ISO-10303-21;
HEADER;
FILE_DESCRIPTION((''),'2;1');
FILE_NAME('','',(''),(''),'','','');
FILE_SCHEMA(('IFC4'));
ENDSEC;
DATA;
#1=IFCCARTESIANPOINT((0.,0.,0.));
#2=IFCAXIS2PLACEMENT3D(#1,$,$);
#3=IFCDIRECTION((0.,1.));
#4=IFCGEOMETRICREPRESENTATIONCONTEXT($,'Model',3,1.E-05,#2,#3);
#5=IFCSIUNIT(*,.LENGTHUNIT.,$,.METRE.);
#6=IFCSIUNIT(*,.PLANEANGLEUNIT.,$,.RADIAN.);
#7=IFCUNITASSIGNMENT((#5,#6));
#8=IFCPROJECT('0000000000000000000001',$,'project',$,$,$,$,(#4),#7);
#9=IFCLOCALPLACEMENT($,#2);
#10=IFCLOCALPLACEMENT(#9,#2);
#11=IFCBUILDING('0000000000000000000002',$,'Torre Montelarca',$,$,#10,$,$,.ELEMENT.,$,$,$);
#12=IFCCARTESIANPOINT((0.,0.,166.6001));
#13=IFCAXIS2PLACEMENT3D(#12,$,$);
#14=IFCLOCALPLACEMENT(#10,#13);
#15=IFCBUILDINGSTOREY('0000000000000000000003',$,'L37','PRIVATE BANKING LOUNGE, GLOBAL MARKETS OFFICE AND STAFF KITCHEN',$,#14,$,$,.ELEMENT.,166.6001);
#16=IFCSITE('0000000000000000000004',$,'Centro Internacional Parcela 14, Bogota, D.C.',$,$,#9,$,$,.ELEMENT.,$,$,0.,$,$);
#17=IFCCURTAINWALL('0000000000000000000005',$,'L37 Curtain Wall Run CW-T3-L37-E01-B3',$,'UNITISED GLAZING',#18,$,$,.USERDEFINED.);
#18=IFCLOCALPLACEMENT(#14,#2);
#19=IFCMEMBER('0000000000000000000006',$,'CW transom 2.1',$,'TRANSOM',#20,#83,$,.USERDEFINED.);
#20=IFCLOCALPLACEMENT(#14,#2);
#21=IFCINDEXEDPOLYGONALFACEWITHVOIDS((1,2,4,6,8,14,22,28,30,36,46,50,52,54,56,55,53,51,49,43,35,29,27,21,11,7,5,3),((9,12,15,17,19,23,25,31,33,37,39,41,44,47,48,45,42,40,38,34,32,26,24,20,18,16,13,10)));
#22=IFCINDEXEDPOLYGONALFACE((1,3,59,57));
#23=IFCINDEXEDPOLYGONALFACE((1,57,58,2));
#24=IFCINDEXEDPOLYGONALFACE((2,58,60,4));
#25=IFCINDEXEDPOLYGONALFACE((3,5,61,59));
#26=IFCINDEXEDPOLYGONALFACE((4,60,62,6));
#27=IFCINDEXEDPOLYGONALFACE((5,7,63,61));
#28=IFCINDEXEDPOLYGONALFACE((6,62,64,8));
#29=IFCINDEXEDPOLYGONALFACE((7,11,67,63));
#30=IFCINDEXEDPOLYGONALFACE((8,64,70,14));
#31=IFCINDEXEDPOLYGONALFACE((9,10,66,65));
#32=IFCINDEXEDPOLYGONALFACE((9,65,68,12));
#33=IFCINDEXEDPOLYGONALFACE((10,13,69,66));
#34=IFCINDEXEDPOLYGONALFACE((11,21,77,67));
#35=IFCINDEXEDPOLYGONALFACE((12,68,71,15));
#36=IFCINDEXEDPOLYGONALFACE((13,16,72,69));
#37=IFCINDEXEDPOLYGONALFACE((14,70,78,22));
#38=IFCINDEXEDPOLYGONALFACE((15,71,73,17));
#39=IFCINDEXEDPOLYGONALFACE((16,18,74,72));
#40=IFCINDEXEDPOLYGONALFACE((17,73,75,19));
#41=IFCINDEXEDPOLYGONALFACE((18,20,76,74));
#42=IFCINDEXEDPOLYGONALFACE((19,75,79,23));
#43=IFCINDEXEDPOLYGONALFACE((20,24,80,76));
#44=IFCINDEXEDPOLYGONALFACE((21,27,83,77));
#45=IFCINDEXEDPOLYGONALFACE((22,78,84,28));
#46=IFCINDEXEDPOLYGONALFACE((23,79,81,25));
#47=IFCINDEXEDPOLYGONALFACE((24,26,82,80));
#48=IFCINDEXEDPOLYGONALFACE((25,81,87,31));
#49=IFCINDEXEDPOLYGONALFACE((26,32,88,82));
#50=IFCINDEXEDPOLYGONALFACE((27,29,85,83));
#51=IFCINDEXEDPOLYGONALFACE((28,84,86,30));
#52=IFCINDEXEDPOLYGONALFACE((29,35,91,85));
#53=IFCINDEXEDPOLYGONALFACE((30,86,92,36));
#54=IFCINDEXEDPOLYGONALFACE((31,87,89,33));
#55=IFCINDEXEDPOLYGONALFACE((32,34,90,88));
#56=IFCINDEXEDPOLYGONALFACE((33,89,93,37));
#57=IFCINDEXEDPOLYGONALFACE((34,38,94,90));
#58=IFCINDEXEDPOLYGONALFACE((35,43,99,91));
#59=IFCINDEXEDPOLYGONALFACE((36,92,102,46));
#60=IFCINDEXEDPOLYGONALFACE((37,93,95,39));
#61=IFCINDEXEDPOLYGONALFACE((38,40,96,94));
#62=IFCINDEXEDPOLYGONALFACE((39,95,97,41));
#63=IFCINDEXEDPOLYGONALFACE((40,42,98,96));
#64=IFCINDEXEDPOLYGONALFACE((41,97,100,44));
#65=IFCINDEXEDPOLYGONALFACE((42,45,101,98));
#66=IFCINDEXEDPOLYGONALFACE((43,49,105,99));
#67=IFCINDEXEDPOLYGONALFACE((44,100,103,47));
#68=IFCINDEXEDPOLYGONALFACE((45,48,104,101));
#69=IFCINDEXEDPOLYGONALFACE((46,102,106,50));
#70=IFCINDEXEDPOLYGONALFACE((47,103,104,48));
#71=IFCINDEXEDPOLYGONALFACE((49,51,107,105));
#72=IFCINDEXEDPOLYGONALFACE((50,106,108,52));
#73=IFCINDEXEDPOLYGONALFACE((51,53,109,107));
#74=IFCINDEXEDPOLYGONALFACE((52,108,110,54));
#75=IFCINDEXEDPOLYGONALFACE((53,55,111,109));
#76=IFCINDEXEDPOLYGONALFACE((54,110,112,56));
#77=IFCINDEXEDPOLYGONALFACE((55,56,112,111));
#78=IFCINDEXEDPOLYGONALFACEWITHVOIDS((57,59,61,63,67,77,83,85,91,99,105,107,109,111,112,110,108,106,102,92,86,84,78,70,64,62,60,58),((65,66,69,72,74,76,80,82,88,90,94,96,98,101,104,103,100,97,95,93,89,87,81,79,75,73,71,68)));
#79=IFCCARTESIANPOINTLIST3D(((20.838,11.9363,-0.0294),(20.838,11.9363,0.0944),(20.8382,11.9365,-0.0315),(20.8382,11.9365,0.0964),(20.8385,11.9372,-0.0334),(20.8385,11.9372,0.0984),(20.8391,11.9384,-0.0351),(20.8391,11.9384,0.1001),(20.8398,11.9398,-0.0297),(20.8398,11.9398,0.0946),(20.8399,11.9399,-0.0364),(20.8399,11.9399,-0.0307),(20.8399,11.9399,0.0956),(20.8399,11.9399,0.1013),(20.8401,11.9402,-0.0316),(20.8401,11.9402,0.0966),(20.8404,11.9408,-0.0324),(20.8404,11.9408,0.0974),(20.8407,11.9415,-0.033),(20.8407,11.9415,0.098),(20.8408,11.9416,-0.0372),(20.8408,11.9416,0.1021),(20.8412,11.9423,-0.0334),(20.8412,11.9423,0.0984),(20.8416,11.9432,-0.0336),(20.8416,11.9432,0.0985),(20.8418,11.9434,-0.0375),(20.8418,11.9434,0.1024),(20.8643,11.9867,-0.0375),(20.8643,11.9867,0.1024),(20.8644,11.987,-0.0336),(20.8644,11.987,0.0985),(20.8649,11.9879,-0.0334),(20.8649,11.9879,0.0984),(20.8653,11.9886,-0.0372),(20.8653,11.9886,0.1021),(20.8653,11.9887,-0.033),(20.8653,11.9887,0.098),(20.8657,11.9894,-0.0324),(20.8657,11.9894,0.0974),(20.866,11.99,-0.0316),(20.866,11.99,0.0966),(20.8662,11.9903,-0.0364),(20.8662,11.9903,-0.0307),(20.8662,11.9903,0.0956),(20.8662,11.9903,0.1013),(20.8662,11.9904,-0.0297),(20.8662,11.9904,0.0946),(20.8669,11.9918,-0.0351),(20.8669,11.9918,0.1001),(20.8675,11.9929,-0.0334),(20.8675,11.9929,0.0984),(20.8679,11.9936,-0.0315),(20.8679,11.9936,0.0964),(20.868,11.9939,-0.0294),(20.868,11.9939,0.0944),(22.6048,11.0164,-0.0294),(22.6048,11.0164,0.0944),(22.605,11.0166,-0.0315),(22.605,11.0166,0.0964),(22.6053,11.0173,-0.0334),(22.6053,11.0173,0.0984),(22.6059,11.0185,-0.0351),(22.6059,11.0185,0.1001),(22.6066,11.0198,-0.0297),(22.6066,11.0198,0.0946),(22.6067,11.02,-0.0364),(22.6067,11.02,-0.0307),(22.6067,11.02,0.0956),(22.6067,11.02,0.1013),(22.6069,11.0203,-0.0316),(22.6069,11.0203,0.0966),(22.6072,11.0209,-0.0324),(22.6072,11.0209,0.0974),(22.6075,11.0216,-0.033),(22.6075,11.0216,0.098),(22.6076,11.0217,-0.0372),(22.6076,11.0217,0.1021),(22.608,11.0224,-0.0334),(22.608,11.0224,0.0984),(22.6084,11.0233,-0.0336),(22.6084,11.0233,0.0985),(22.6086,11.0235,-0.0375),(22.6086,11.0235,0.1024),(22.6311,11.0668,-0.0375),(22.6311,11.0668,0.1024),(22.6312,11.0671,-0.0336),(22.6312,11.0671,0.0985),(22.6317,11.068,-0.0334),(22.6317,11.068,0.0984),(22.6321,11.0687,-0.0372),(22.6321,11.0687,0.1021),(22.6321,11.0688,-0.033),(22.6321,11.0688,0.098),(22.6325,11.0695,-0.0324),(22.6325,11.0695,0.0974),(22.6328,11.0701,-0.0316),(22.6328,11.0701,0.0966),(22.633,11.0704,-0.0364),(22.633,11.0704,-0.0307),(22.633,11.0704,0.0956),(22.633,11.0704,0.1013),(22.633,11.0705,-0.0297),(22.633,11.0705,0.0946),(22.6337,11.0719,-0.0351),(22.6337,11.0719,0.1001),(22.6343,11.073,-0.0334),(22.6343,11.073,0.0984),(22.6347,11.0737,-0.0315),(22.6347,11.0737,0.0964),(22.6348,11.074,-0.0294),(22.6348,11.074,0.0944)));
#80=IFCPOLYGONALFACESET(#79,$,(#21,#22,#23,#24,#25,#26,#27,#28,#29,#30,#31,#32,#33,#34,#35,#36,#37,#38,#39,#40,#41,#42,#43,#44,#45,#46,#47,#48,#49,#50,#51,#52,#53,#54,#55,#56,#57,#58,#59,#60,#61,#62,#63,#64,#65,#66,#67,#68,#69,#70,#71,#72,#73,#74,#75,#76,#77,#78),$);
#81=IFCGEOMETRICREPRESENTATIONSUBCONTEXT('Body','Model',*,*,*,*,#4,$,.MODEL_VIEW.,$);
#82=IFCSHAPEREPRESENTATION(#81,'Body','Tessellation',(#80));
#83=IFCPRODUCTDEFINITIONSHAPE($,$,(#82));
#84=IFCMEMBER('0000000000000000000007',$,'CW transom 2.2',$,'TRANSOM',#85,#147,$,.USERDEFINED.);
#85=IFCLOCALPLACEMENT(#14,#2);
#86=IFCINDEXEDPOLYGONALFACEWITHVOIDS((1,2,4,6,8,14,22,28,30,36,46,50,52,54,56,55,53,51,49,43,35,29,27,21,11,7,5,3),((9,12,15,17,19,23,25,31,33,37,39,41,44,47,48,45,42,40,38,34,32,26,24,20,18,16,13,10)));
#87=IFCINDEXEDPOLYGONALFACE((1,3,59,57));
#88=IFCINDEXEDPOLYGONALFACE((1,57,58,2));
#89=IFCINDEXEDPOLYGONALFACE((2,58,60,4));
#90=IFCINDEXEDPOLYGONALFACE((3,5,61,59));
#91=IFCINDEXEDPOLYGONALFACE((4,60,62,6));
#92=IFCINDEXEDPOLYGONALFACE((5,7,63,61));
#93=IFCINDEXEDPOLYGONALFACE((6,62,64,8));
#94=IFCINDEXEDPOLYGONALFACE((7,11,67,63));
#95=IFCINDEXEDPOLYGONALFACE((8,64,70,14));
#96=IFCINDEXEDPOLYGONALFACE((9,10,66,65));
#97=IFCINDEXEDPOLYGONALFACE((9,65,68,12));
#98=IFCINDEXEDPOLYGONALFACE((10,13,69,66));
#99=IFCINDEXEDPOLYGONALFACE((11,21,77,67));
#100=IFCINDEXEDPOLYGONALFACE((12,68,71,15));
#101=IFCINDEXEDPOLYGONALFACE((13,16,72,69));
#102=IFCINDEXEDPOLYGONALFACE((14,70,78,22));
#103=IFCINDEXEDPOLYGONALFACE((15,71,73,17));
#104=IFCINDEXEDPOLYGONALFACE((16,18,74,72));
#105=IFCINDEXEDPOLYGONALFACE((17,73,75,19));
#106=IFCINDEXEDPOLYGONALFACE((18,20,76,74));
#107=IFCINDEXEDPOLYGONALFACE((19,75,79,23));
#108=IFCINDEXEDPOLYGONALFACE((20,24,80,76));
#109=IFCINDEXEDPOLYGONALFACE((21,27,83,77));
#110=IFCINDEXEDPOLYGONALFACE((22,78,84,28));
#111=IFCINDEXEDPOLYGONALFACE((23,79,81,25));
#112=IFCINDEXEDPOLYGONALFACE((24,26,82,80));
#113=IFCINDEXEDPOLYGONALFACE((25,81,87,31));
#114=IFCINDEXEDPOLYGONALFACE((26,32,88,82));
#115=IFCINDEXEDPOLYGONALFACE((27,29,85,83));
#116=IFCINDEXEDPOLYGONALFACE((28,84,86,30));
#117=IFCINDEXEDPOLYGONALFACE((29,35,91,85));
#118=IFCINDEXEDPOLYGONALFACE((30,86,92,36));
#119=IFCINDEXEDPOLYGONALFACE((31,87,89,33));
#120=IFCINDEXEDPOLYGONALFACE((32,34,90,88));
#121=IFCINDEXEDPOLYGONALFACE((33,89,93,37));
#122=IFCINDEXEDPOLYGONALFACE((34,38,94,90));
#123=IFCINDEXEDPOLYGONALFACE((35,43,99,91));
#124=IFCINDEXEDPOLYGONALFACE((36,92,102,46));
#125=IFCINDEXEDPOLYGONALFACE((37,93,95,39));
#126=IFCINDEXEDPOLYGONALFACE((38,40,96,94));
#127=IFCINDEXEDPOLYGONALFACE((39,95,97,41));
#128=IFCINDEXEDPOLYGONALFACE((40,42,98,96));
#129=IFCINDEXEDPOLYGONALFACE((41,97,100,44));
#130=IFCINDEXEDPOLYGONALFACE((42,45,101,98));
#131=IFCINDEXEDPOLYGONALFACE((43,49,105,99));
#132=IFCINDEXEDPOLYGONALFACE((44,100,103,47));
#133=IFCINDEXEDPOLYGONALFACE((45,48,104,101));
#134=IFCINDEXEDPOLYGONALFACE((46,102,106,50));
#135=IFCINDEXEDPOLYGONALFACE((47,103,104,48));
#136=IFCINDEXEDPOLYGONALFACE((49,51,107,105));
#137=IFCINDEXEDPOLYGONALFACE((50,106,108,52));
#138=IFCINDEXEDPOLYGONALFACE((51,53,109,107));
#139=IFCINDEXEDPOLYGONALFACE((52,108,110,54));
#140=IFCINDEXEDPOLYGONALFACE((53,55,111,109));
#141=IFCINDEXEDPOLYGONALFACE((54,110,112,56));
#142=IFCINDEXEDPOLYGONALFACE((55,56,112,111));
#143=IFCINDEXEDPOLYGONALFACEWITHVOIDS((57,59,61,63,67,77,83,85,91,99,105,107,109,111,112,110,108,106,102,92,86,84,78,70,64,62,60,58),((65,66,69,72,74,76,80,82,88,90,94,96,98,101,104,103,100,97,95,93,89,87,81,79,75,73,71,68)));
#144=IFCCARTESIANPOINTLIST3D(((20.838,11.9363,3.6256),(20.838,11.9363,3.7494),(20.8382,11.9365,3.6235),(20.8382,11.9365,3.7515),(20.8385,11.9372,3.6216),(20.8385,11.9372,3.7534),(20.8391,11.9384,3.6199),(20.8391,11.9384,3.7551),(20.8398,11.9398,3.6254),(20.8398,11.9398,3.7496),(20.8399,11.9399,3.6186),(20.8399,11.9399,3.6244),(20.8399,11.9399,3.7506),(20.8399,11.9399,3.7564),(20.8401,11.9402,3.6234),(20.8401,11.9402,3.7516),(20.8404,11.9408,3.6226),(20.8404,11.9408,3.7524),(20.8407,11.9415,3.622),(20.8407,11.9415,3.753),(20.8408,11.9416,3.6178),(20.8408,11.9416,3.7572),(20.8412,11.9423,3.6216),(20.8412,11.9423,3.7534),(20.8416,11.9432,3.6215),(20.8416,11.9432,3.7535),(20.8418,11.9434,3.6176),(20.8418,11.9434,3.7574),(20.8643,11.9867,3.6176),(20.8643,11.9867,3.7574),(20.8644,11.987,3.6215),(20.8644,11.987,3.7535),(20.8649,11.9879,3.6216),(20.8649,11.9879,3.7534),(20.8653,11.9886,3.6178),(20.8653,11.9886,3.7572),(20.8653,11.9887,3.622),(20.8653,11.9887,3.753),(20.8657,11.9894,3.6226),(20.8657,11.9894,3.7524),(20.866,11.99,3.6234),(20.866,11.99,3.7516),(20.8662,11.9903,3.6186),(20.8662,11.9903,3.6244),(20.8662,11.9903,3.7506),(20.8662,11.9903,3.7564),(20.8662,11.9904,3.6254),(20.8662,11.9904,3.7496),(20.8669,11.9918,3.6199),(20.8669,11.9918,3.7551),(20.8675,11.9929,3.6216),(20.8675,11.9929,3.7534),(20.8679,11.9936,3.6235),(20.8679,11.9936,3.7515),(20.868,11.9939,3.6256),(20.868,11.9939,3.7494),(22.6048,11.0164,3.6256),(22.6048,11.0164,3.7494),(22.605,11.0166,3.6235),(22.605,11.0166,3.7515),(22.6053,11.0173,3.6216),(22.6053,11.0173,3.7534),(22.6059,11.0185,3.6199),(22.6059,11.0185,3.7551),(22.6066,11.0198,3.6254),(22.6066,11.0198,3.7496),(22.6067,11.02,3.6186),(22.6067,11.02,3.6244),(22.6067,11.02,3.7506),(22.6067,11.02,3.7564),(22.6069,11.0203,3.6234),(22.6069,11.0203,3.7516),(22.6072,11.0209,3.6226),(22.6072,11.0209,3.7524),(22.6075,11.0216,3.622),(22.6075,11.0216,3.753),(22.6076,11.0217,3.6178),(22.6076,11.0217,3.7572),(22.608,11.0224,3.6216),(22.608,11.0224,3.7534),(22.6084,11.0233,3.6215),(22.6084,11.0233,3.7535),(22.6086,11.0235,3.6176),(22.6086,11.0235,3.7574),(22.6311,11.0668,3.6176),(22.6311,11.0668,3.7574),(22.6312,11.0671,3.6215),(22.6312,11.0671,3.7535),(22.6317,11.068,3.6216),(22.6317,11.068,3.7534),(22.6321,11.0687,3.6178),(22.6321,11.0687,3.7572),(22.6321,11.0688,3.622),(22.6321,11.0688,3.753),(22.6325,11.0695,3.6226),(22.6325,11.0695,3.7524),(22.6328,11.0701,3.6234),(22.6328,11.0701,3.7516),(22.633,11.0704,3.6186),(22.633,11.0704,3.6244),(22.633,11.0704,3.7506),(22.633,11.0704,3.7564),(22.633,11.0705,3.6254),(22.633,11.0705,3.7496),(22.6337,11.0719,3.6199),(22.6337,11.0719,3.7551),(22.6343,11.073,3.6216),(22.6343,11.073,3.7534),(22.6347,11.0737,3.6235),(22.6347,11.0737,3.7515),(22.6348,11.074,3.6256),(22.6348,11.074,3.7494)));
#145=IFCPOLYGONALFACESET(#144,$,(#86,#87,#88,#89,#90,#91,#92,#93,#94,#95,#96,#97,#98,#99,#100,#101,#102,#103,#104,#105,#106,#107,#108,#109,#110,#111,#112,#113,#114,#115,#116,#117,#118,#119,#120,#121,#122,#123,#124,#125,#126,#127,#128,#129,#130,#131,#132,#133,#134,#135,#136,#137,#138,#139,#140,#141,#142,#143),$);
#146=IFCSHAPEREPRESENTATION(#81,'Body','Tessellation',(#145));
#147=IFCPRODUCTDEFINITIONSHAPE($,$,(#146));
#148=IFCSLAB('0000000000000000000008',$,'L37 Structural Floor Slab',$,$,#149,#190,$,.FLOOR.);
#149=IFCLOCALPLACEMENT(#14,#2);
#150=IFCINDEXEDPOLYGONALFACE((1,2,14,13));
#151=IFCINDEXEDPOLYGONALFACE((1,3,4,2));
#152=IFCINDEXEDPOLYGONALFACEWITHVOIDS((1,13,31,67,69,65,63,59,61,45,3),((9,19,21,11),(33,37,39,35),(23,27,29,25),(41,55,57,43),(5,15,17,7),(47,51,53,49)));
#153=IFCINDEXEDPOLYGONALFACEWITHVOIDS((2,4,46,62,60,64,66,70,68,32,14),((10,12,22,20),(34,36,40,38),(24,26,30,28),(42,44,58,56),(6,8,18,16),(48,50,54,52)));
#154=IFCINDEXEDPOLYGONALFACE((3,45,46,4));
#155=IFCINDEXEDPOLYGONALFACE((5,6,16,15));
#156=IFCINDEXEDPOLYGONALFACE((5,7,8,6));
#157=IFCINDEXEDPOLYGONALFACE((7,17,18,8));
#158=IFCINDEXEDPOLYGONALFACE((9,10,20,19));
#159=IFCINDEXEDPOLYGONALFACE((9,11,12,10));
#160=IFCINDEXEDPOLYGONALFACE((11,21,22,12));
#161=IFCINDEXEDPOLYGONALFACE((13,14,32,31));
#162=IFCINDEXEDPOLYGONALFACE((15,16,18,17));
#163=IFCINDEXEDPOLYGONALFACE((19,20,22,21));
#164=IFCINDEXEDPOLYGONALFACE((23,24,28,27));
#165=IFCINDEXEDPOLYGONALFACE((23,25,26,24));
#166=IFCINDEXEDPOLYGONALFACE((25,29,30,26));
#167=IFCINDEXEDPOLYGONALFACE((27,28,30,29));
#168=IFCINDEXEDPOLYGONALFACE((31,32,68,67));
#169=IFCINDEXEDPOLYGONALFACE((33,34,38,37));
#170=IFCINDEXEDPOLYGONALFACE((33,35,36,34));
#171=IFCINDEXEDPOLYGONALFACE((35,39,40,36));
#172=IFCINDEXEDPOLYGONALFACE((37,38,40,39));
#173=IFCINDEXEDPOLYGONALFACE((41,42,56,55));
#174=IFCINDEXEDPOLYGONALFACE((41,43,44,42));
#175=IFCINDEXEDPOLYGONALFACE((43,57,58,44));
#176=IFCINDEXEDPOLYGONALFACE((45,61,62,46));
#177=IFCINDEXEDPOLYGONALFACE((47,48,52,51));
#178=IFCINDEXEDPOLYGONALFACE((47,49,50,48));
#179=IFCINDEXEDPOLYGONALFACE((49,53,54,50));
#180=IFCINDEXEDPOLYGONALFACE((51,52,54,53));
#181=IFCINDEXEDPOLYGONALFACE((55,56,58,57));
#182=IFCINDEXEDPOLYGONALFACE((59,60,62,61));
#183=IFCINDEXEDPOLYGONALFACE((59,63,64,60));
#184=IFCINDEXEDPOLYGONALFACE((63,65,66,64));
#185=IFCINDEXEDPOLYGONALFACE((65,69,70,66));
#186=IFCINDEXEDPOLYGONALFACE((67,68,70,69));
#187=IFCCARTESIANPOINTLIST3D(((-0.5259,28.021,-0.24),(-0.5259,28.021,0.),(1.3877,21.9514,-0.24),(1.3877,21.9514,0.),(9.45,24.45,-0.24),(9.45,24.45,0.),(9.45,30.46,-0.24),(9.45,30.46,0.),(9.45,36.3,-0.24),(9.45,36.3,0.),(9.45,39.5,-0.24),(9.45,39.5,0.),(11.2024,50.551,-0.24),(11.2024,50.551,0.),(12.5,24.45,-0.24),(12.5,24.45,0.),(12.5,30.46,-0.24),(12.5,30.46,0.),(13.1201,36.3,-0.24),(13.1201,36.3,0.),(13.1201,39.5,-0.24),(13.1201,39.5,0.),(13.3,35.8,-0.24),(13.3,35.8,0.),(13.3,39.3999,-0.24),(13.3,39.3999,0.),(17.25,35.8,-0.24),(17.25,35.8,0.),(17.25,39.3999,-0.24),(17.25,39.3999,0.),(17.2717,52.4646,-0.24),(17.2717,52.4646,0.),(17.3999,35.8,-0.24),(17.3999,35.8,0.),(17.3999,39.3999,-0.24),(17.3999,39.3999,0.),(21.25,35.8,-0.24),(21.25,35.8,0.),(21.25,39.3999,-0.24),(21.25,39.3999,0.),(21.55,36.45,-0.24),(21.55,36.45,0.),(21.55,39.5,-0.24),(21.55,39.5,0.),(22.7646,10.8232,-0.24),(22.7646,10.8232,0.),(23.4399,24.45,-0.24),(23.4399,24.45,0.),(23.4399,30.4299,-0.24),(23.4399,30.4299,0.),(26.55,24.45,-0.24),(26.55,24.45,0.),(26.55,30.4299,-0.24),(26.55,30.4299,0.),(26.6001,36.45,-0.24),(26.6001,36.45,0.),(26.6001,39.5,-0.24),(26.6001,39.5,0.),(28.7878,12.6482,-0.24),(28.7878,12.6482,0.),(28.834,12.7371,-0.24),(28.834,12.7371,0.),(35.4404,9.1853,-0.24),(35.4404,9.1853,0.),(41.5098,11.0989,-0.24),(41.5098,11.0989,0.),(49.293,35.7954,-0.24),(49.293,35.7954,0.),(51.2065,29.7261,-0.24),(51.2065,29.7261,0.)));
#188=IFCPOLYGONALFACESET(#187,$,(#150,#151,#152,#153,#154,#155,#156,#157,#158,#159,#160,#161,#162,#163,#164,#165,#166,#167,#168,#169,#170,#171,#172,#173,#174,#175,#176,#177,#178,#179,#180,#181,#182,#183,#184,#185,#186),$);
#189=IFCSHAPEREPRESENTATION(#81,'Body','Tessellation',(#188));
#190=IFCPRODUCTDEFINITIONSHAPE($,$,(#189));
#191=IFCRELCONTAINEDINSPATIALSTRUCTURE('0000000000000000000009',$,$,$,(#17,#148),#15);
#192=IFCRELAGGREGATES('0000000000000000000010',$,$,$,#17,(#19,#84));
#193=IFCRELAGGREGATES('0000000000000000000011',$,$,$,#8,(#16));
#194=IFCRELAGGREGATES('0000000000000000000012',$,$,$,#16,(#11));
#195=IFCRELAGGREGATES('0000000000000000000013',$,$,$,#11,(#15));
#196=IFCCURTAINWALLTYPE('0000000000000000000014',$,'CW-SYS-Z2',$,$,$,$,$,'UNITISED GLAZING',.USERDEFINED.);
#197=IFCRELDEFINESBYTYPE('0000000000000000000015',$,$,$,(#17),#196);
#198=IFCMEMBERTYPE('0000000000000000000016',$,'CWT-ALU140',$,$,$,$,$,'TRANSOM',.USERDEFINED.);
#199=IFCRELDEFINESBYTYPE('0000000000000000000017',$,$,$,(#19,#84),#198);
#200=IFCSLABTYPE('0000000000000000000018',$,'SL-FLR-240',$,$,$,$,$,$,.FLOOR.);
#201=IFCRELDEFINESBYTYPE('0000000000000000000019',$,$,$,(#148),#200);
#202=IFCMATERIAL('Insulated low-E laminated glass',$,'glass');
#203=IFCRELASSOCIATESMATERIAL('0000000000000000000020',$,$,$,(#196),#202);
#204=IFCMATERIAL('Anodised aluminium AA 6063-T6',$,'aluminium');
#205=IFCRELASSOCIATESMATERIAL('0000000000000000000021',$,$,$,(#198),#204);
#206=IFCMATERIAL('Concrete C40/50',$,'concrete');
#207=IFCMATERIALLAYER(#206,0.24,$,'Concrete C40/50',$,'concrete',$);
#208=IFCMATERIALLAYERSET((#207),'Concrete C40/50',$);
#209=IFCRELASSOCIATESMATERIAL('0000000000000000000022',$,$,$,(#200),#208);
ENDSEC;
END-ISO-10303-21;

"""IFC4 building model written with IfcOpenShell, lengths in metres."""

from ifc_helpers import new_model, si_unit, direction, frame, origin, origin_2d, place, context, subcontext, project, spatial, polyline, hollow_rectangle, outline, extrude, source, transform, mapped, material, layer, layer_set, material_profile, profile_set, type_object, element, aggregate, save


model = new_model("IFC4")

# Units and contexts
model_context = context("Model", 3, precision=1e-05, world=origin(), true_north=direction((0.0, 1.0)))
body_context = subcontext(model_context, "Body", "Model", "MODEL_VIEW")
ifc_project = project(units=[si_unit("LENGTHUNIT", "METRE"), si_unit("PLANEANGLEUNIT", "RADIAN")], contexts=[model_context])

# Site, building, storey
site_placement = place(None, origin())
site = spatial("IfcSite", under=ifc_project, at=site_placement, Name="Centro Internacional Parcela 14, Bogota, D.C.", CompositionType="ELEMENT", RefElevation=0.0)
building_placement = place(site_placement, origin())
building = spatial("IfcBuilding", under=site, at=building_placement, Name="Torre Montelarca", CompositionType="ELEMENT")
storey_placement = place(building_placement, frame((0.0, 0.0, 166.6001)))
storey = spatial("IfcBuildingStorey", under=building, at=storey_placement, Name="L37", Description="PRIVATE BANKING LOUNGE, GLOBAL MARKETS OFFICE AND STAFF KITCHEN", CompositionType="ELEMENT", Elevation=166.6001)

# Curtain wall
ifc_material_1 = material(Name="Insulated low-E laminated glass", Category="glass")
curtain_wall_type = type_object("IfcCurtainWallType", Name="CW-SYS-Z2", ElementType="UNITISED GLAZING", PredefinedType="USERDEFINED", material=ifc_material_1)
ifc_material_2 = material(Name="Anodised aluminium AA 6063-T6", Category="aluminium")
curtain_wall_1_placement = place(storey_placement, origin())
curtain_wall_1 = element("IfcCurtainWall", 1, at=curtain_wall_1_placement, inside=storey, type_object=curtain_wall_type, Name="L37 Curtain Wall Run CW-T3-L37-E01-B3", ObjectType="UNITISED GLAZING", PredefinedType="USERDEFINED")

# Members
ifc_material_profile_1 = material_profile(ifc_material_2, hollow_rectangle(XDim=0.0649, YDim=0.1399, WallThickness=0.0039, InnerFilletRadius=0.0039, OuterFilletRadius=0.0081, at=origin_2d()), Name="ALU65X140X4", Category="aluminium")
ifc_profile_set_1 = profile_set([ifc_material_profile_1], Name="Anodised aluminium AA 6063-T6")
member_type_1 = type_object("IfcMemberType", Name="CWT-ALU140", ElementType="TRANSOM", PredefinedType="USERDEFINED", material=ifc_profile_set_1)
shared_shape_1 = source(origin(), body_context, "Body", "SweptSolid", [
    extrude(hollow_rectangle(XDim=0.0649, YDim=0.1399, WallThickness=0.0039, InnerFilletRadius=0.0039, OuterFilletRadius=0.0081, at=origin_2d()), origin(), (0.0, 0.0, 1.0), 1.9919),
])
member_1_placement = place(storey_placement, frame((20.853, 11.9651, 0.0325), z_axis=(0.886978, -0.461812, 0.0), x_axis=(0.461812, 0.886978, 0.0)))
member_1 = element("IfcMember", 2, at=member_1_placement, type_object=member_type_1, Name="CW transom 2.1", ObjectType="TRANSOM", PredefinedType="USERDEFINED", context=body_context, shape_type="MappedRepresentation", body=[
    mapped(shared_shape_1, transform((0.0, 0.0, 0.0), scale=1.0)),
])
member_2_placement = place(storey_placement, frame((20.853, 11.9651, 3.6875), z_axis=(0.886978, -0.461812, 0.0), x_axis=(0.461812, 0.886978, 0.0)))
member_2 = element("IfcMember", 3, at=member_2_placement, type_object=member_type_1, Name="CW transom 2.2", ObjectType="TRANSOM", PredefinedType="USERDEFINED", context=body_context, shape_type="MappedRepresentation", body=[
    mapped(shared_shape_1, transform((0.0, 0.0, 0.0), scale=1.0)),
])

# Slab
ifc_material_3 = material(Name="Concrete C40/50", Category="concrete")
ifc_layer_1 = layer(ifc_material_3, 0.24, Name="Concrete C40/50", Category="concrete")
ifc_layer_set_1 = layer_set([ifc_layer_1], Name="Concrete C40/50")
slab_type_1 = type_object("IfcSlabType", Name="SL-FLR-240", PredefinedType="FLOOR", material=ifc_layer_set_1)
slab_1_placement = place(storey_placement, frame((0.0, 0.0, -0.24)))
element("IfcSlab", 4, at=slab_1_placement, inside=storey, type_object=slab_type_1, Name="L37 Structural Floor Slab", PredefinedType="FLOOR", context=body_context, shape_type="SweptSolid", body=[
    extrude(outline(polyline([(22.7646, 10.8232), (28.834, 12.7371), (28.7878, 12.6482), (35.4404, 9.1853), (41.5098, 11.0989), (51.2065, 29.7261), (49.293, 35.7954), (17.2717, 52.4646), (11.2024, 50.551), (-0.5259, 28.021), (1.3877, 21.9514), (22.7646, 10.8232)]), holes=[polyline([(26.55, 24.45), (23.4399, 24.45), (23.4399, 30.4299), (26.55, 30.4299), (26.55, 24.45)]), polyline([(9.45, 24.45), (9.45, 30.46), (12.5, 30.46), (12.5, 24.45), (9.45, 24.45)]), polyline([(17.25, 35.8), (13.3, 35.8), (13.3, 39.3999), (17.25, 39.3999), (17.25, 35.8)]), polyline([(21.25, 39.3999), (21.25, 35.8), (17.3999, 35.8), (17.3999, 39.3999), (21.25, 39.3999)]), polyline([(13.1201, 36.3), (9.45, 36.3), (9.45, 39.5), (13.1201, 39.5), (13.1201, 36.3)]), polyline([(26.6001, 36.45), (21.55, 36.45), (21.55, 39.5), (26.6001, 39.5), (26.6001, 36.45)])]), origin(), (0.0, 0.0, 1.0), 0.24),
])

aggregate(curtain_wall_1, [member_1, member_2])

save(model, "model.ifc")
